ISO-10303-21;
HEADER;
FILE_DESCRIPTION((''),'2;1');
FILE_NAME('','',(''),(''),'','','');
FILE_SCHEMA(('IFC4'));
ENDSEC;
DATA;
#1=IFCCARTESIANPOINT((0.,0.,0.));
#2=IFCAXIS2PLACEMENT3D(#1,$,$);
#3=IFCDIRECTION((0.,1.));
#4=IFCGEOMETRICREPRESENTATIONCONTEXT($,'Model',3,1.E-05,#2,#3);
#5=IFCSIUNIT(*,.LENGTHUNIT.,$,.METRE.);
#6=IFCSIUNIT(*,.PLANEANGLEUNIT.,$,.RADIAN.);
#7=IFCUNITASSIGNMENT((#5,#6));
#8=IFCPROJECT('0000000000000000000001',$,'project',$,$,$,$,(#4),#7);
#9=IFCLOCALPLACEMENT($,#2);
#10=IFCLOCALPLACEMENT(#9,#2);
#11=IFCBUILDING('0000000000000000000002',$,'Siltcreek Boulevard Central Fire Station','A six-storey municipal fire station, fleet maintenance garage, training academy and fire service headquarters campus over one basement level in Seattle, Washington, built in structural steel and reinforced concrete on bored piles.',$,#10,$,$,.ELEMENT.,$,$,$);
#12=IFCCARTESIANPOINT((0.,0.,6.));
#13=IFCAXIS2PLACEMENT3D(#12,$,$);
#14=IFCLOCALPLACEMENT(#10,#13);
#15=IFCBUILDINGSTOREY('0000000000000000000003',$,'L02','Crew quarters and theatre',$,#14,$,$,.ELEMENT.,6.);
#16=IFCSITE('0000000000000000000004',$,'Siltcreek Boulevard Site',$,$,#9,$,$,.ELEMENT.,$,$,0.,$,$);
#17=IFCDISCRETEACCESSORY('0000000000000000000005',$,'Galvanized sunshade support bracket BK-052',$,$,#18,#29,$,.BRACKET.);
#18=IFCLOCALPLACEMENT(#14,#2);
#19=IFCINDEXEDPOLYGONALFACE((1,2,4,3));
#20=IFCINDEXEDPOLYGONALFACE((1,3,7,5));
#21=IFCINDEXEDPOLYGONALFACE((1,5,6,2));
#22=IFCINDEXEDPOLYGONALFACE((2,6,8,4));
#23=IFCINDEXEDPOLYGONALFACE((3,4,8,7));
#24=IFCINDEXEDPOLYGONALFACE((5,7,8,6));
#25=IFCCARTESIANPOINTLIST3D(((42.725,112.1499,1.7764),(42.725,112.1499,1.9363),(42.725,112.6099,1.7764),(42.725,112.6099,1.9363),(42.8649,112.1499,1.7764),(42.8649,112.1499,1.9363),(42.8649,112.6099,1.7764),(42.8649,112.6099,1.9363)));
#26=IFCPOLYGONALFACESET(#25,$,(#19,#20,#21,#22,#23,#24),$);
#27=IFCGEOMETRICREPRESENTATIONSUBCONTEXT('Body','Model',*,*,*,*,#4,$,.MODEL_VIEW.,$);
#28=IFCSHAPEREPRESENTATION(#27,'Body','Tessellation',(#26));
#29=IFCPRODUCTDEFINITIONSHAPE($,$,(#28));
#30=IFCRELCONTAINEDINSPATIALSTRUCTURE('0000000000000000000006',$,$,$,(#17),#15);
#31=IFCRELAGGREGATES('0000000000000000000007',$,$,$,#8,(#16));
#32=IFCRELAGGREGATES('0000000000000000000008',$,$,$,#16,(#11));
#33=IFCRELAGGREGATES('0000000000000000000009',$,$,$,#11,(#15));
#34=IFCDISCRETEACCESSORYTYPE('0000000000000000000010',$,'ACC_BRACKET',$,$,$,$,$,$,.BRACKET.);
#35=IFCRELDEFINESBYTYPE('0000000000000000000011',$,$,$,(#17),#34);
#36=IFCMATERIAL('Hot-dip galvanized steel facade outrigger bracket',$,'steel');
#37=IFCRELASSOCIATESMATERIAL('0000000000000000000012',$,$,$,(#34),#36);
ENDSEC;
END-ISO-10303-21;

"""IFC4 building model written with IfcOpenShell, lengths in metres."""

from ifc_helpers import new_model, si_unit, direction, frame, origin, origin_2d, place, context, subcontext, project, spatial, rectangle, extrude, material, type_object, element, save


model = new_model("IFC4")

# Units and contexts
model_context = context("Model", 3, precision=1e-05, world=origin(), true_north=direction((0.0, 1.0)))
body_context = subcontext(model_context, "Body", "Model", "MODEL_VIEW")
ifc_project = project(units=[si_unit("LENGTHUNIT", "METRE"), si_unit("PLANEANGLEUNIT", "RADIAN")], contexts=[model_context])

# Site, building, storey
site_placement = place(None, origin())
site = spatial("IfcSite", under=ifc_project, at=site_placement, Name="Siltcreek Boulevard Site", CompositionType="ELEMENT", RefElevation=0.0)
building_placement = place(site_placement, origin())
building = spatial("IfcBuilding", under=site, at=building_placement, Name="Siltcreek Boulevard Central Fire Station", Description="A six-storey municipal fire station, fleet maintenance garage, training academy and fire service headquarters campus over one basement level in Seattle, Washington, built in structural steel and reinforced concrete on bored piles.", CompositionType="ELEMENT")
storey_placement = place(building_placement, frame((0.0, 0.0, 6.0)))
storey = spatial("IfcBuildingStorey", under=building, at=storey_placement, Name="L02", Description="Crew quarters and theatre", CompositionType="ELEMENT", Elevation=6.0)

# Discrete accessory
ifc_material_1 = material(Name="Hot-dip galvanized steel facade outrigger bracket", Category="steel")
discrete_accessory_type = type_object("IfcDiscreteAccessoryType", Name="ACC_BRACKET", PredefinedType="BRACKET", material=ifc_material_1)
for number, where, z_axis, x_axis, name in (
    (1, (42.7949, 112.3799, 1.7764), (0.0, 0.0, 1.0), (-1.0, 0.0, 0.0), "Galvanized sunshade support bracket BK-052"),
):
    element("IfcDiscreteAccessory", number, at=place(storey_placement, frame(where, z_axis=z_axis, x_axis=x_axis)), inside=storey, type_object=discrete_accessory_type, Name=name, PredefinedType="BRACKET", context=body_context, shape_type="SweptSolid", body=[
        extrude(rectangle(XDim=0.1399, YDim=0.46, at=origin_2d()), origin(), (0.0, 0.0, 1.0), 0.1599),
    ])

save(model, "model.ifc")
